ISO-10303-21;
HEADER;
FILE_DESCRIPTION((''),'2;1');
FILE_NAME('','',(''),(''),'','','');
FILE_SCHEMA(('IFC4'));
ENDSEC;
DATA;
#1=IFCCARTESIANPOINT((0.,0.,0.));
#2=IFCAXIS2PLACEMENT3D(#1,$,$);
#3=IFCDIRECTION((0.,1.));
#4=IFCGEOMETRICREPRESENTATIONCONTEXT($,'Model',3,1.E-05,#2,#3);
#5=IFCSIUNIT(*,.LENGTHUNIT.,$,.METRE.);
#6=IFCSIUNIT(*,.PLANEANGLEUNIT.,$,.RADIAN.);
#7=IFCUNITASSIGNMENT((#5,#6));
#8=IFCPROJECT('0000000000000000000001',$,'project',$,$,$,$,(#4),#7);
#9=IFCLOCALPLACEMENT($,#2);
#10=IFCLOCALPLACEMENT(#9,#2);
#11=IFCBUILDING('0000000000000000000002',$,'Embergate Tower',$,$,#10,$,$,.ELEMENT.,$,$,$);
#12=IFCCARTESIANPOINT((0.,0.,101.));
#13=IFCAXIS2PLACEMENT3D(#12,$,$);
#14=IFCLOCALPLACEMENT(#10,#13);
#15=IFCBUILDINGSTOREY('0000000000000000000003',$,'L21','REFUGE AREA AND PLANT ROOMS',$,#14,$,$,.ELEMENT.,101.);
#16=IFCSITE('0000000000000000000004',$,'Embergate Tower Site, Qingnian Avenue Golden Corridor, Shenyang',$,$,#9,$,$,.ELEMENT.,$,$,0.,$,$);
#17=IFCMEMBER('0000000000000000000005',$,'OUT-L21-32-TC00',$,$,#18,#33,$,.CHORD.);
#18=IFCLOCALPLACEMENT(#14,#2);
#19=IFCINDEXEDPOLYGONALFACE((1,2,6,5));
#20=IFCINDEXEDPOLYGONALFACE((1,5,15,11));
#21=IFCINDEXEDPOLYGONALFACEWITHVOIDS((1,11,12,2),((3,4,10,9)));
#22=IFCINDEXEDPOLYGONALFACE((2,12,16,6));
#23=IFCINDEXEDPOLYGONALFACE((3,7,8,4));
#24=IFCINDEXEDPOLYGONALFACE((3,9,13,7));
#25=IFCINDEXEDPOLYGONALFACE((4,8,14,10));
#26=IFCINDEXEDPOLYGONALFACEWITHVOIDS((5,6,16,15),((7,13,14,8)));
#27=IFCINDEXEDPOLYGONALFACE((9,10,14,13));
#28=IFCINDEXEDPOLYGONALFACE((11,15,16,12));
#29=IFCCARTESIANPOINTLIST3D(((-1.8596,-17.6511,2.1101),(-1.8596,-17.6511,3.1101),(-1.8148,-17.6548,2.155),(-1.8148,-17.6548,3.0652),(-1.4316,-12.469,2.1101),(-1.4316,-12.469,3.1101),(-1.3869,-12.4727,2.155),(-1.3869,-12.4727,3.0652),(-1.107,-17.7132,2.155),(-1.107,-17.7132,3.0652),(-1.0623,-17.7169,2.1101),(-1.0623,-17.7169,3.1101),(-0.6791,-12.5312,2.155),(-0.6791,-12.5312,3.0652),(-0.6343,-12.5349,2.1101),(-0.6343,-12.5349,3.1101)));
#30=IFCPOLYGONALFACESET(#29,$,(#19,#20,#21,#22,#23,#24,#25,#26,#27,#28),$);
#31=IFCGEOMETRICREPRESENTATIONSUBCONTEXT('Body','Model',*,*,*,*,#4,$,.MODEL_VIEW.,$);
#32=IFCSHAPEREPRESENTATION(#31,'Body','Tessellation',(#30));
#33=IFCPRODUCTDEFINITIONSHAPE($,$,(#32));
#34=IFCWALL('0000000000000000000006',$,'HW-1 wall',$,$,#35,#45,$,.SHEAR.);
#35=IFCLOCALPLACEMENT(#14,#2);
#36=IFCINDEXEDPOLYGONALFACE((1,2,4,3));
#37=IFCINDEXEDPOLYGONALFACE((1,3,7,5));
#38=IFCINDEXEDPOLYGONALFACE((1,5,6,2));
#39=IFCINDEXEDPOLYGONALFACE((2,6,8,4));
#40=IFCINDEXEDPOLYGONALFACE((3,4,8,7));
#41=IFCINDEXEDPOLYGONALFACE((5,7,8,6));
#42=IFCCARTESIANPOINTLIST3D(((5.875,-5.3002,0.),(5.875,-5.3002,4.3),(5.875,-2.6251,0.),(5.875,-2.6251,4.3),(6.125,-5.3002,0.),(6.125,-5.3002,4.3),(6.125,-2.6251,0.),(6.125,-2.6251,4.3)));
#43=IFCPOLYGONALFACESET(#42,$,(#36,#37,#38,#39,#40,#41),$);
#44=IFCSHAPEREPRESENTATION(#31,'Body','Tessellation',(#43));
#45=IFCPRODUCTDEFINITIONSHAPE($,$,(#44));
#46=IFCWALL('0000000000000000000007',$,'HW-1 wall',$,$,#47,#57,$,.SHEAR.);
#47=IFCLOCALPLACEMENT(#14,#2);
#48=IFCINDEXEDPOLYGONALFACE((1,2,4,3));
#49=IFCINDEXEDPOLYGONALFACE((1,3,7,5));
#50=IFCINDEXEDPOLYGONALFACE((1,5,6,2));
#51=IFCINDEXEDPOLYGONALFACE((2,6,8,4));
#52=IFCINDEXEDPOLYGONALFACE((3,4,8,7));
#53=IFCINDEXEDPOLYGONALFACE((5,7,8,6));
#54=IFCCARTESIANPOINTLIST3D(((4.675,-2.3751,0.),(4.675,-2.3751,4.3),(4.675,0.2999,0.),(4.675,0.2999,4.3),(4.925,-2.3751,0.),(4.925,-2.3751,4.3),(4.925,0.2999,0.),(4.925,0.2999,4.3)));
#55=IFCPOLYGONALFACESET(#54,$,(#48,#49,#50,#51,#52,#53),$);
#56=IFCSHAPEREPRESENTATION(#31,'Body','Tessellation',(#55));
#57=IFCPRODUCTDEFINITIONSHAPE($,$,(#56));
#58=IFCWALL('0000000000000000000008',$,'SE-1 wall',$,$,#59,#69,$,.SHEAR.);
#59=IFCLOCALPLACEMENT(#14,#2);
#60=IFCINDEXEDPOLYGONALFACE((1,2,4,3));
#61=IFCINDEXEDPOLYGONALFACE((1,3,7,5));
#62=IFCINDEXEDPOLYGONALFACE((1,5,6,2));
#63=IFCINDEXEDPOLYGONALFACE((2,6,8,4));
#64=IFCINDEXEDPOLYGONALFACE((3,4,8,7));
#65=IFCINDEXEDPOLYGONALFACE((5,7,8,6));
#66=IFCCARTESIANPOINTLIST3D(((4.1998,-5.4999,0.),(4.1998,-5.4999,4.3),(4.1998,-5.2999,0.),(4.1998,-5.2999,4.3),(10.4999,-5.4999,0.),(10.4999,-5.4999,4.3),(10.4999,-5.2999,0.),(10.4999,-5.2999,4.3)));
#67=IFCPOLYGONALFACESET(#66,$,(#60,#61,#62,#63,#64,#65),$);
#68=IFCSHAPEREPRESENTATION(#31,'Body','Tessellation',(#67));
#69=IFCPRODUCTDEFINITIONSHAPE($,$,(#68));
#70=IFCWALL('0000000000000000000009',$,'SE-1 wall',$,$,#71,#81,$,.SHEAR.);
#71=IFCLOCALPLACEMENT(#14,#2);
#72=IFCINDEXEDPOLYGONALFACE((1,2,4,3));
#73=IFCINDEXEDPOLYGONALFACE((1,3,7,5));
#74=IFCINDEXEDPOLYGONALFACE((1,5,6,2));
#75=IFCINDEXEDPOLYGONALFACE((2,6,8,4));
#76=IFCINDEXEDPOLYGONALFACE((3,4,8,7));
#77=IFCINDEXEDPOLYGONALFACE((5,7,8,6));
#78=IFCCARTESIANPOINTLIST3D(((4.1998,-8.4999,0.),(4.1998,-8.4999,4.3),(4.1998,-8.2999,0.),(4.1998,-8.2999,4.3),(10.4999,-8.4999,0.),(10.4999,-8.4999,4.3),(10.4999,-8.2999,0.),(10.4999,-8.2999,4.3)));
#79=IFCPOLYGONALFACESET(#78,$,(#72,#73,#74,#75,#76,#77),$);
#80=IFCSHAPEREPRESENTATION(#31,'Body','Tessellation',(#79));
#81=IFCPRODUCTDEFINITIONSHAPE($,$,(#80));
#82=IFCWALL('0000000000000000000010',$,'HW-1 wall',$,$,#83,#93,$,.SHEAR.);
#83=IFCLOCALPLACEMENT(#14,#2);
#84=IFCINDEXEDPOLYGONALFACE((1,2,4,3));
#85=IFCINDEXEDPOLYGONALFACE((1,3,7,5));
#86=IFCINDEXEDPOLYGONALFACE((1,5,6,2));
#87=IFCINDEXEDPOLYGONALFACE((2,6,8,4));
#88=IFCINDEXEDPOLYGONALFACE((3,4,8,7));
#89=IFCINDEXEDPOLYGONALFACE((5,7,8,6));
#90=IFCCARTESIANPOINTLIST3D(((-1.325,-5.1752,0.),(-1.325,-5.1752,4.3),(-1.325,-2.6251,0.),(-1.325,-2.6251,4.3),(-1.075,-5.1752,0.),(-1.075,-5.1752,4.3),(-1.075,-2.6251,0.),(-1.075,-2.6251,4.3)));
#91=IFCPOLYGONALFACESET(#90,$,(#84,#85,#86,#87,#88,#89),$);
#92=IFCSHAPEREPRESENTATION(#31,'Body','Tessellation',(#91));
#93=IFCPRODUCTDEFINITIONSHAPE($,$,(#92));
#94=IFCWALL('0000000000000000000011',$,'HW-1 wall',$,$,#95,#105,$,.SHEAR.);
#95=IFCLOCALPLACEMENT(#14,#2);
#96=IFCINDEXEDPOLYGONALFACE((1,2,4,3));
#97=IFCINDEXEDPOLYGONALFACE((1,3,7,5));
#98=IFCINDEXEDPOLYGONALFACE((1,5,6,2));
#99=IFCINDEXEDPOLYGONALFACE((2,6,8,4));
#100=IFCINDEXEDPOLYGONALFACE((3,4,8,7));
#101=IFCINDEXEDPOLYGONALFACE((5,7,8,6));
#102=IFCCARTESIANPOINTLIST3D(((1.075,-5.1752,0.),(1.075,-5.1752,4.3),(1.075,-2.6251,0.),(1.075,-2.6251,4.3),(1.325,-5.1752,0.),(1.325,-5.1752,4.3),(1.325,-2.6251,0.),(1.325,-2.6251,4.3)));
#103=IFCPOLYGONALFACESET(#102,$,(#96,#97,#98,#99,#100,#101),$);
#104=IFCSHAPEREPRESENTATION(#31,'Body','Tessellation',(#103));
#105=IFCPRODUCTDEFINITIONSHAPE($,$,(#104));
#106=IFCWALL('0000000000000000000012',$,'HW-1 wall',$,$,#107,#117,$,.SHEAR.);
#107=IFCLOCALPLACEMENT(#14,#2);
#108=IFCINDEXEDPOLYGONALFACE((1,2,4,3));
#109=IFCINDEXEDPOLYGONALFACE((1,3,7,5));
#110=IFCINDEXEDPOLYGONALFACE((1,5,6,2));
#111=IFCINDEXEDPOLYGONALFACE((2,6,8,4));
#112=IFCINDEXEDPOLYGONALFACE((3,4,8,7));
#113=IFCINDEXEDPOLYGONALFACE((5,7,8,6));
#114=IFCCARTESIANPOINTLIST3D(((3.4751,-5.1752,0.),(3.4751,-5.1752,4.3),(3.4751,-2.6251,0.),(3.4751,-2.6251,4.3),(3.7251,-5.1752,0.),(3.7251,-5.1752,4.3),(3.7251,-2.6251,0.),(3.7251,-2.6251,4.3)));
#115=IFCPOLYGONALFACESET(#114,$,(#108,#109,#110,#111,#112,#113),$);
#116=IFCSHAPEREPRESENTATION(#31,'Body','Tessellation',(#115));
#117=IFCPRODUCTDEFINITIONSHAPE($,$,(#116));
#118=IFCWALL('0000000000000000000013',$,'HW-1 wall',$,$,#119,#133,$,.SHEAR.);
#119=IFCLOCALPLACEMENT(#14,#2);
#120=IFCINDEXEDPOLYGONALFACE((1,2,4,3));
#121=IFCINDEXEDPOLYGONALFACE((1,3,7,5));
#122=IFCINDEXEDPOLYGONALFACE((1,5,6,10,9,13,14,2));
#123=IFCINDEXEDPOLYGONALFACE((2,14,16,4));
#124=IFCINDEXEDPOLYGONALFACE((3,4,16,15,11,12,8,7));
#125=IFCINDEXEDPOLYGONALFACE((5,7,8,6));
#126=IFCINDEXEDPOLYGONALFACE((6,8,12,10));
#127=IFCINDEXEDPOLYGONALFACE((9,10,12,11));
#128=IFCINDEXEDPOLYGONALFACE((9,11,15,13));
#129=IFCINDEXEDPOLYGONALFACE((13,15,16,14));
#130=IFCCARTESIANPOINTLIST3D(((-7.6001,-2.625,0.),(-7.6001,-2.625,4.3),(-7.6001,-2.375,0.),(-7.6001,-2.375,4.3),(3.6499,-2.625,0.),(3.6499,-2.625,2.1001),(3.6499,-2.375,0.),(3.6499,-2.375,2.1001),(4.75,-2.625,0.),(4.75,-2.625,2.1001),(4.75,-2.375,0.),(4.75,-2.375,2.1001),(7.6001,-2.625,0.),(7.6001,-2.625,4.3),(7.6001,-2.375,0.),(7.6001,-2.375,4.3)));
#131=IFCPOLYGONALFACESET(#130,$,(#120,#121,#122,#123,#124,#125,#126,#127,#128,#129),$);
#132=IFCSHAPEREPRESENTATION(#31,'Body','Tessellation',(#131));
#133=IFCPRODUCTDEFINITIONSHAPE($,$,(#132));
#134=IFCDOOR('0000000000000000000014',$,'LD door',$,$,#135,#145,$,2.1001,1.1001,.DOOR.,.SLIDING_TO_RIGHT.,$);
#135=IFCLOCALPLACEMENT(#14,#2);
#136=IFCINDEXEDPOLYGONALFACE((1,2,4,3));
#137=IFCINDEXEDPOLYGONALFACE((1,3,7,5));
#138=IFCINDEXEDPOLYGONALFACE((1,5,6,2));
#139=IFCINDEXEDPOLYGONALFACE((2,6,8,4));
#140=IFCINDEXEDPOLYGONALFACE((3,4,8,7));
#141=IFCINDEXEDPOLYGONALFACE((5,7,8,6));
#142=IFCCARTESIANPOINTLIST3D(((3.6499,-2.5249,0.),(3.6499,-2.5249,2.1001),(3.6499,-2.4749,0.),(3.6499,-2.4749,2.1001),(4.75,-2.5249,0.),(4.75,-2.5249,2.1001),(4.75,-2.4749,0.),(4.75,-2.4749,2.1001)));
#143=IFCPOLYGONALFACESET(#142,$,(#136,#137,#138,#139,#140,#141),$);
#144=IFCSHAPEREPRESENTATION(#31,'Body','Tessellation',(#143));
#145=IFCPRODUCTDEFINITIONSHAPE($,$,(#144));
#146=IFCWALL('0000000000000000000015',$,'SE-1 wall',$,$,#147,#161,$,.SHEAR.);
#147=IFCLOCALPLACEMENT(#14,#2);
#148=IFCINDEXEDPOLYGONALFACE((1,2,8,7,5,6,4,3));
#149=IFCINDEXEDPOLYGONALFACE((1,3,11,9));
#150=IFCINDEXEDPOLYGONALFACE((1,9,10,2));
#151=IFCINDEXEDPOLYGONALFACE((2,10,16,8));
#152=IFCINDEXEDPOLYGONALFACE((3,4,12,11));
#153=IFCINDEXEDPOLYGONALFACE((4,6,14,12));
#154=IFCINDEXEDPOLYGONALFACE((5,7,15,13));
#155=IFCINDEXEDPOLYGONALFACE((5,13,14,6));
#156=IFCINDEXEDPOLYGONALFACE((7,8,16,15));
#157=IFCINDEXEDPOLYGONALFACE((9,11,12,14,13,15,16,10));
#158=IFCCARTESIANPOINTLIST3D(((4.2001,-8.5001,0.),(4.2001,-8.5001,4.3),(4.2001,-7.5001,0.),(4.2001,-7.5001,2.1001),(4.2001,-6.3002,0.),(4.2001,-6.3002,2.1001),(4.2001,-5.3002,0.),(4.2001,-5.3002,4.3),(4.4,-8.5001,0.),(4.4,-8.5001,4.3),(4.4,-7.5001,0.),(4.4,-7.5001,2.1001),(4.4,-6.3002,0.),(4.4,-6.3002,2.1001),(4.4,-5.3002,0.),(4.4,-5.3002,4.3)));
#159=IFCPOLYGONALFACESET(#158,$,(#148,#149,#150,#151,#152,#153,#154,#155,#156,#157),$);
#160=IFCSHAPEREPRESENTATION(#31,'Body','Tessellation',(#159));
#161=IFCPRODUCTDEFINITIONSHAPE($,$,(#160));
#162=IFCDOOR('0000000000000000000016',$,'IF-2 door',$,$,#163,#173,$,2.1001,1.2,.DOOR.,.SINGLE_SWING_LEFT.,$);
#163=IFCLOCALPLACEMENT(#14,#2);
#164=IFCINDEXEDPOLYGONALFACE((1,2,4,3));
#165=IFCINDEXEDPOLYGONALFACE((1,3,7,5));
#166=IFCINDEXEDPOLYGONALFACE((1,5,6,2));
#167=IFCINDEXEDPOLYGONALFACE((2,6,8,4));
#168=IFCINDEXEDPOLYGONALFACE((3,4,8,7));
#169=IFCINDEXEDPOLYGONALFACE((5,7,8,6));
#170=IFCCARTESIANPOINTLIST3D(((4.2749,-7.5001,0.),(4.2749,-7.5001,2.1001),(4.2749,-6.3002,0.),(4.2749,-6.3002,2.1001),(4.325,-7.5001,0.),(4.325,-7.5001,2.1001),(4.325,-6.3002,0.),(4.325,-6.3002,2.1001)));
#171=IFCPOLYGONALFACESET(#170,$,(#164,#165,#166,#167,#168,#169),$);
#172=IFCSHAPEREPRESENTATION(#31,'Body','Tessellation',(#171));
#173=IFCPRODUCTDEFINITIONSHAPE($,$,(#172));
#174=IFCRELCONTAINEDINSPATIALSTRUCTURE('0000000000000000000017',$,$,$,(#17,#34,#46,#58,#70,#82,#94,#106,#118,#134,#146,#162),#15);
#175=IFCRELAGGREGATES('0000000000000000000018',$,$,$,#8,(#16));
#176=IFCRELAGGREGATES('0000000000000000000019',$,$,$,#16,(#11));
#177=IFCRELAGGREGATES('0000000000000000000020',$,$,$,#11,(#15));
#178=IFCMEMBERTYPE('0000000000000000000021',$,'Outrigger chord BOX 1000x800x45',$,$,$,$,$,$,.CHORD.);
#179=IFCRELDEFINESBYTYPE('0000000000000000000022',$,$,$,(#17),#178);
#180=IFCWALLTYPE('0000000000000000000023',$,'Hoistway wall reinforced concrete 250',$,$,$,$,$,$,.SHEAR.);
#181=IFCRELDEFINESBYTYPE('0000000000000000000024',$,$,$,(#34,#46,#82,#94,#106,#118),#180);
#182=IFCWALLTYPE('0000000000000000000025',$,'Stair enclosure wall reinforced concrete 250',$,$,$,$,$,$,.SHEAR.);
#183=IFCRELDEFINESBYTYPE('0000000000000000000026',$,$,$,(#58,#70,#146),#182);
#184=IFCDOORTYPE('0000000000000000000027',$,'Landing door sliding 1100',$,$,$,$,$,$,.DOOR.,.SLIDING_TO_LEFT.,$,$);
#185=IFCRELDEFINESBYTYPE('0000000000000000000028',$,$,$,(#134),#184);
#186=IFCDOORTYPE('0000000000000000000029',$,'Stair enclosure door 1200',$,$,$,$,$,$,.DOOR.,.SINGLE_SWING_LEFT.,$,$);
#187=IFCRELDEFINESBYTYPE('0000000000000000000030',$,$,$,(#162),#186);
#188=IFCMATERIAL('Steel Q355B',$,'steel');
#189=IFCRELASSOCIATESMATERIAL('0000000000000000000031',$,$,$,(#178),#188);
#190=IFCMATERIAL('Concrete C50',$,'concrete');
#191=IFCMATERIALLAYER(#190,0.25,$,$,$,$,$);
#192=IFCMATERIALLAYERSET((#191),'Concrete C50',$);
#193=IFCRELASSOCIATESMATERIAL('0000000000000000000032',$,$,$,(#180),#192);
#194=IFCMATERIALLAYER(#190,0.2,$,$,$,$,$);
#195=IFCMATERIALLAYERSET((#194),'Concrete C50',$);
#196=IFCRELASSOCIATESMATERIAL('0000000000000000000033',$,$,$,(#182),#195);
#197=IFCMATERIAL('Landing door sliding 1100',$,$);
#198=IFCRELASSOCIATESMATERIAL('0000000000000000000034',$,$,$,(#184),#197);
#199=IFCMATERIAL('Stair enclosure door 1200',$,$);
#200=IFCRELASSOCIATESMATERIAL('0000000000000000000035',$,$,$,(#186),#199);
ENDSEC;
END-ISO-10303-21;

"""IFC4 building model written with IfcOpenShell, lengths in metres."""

from ifc_helpers import new_model, si_unit, direction, frame, frame_2d, origin, origin_2d, place, context, subcontext, project, spatial, rectangle, hollow_rectangle, extrude, source, transform, mapped, material, layer, layer_set, material_profile, profile_set, type_object, element, fill, save


model = new_model("IFC4")

# Units and contexts
model_context = context("Model", 3, precision=1e-05, world=origin(), true_north=direction((0.0, 1.0)))
body_context = subcontext(model_context, "Body", "Model", "MODEL_VIEW")
ifc_project = project(units=[si_unit("LENGTHUNIT", "METRE"), si_unit("PLANEANGLEUNIT", "RADIAN")], contexts=[model_context])

# Site, building, storey
site_placement = place(None, origin())
site = spatial("IfcSite", under=ifc_project, at=site_placement, Name="Embergate Tower Site, Qingnian Avenue Golden Corridor, Shenyang", CompositionType="ELEMENT", RefElevation=0.0)
building_placement = place(site_placement, origin())
building = spatial("IfcBuilding", under=site, at=building_placement, Name="Embergate Tower", CompositionType="ELEMENT")
storey_placement = place(building_placement, frame((0.0, 0.0, 101.0)))
storey = spatial("IfcBuildingStorey", under=building, at=storey_placement, Name="L21", Description="REFUGE AREA AND PLANT ROOMS", CompositionType="ELEMENT", Elevation=101.0)

# Member
ifc_material_1 = material(Name="Steel Q355B", Category="steel")
ifc_material_profile = material_profile(ifc_material_1, hollow_rectangle(XDim=0.8, YDim=1.0, WallThickness=0.0449, at=origin_2d()), Name="BOX 1000x800x45")
ifc_profile_set = profile_set([ifc_material_profile], Name="Steel Q355 grade B")
member_type = type_object("IfcMemberType", Name="Outrigger chord BOX 1000x800x45", PredefinedType="CHORD", material=ifc_profile_set)
shared_shape_1 = source(origin(), body_context, "Body", "SweptSolid", [
    extrude(hollow_rectangle(XDim=0.8, YDim=1.0, WallThickness=0.0449, at=origin_2d()), origin(), (0.0, 0.0, 1.0), 5.1997),
])
member_placement = place(storey_placement, frame((-1.033, -12.502, 2.6101), z_axis=(-0.082307, -0.996607, 0.0), x_axis=(0.996607, -0.082307, 0.0)))
element("IfcMember", 1, at=member_placement, inside=storey, type_object=member_type, Name="OUT-L21-32-TC00", PredefinedType="CHORD", context=body_context, shape_type="MappedRepresentation", body=[
    mapped(shared_shape_1, transform((0.0, 0.0, 0.0))),
])

# Walls
ifc_material_2 = material(Name="Concrete C50", Category="concrete")
ifc_layer_1 = layer(ifc_material_2, 0.25)
ifc_layer_set_1 = layer_set([ifc_layer_1], Name="Concrete C50")
wall_type_1 = type_object("IfcWallType", Name="Hoistway wall reinforced concrete 250", PredefinedType="SHEAR", material=ifc_layer_set_1)
shared_shape_2 = source(origin(), body_context, "Body", "SweptSolid", [
    extrude(rectangle(XDim=2.675, YDim=0.25, at=frame_2d((1.3374, 0.0))), origin(), (0.0, 0.0, 1.0), 4.3),
])
for number, where, z_axis, x_axis, name in (
    (2, (6.0, -5.3, 0.0), (0.0, 0.0, 1.0), (0.0, 1.0, 0.0), "HW-1 wall"),
    (3, (4.8, -2.375, 0.0), (0.0, 0.0, 1.0), (0.0, 1.0, 0.0), "HW-1 wall"),
):
    element("IfcWall", number, at=place(storey_placement, frame(where, z_axis=z_axis, x_axis=x_axis)), inside=storey, type_object=wall_type_1, Name=name, PredefinedType="SHEAR", context=body_context, shape_type="MappedRepresentation", body=[
        mapped(shared_shape_2, transform((0.0, 0.0, 0.0))),
    ])
ifc_layer_2 = layer(ifc_material_2, 0.2)
ifc_layer_set_2 = layer_set([ifc_layer_2], Name="Concrete C50")
wall_type_2 = type_object("IfcWallType", Name="Stair enclosure wall reinforced concrete 250", PredefinedType="SHEAR", material=ifc_layer_set_2)
shared_shape_3 = source(origin(), body_context, "Body", "SweptSolid", [
    extrude(rectangle(XDim=6.3, YDim=0.2, at=frame_2d((3.1499, 0.0))), origin(), (0.0, 0.0, 1.0), 4.3),
])
for number, where, z_axis, x_axis, name in (
    (4, (4.2, -5.3999, 0.0), (0.0, 0.0, 1.0), (1.0, 0.0, 0.0), "SE-1 wall"),
    (5, (4.2, -8.3999, 0.0), (0.0, 0.0, 1.0), (1.0, 0.0, 0.0), "SE-1 wall"),
):
    element("IfcWall", number, at=place(storey_placement, frame(where, z_axis=z_axis, x_axis=x_axis)), inside=storey, type_object=wall_type_2, Name=name, PredefinedType="SHEAR", context=body_context, shape_type="MappedRepresentation", body=[
        mapped(shared_shape_3, transform((0.0, 0.0, 0.0))),
    ])
shared_shape_4 = source(origin(), body_context, "Body", "SweptSolid", [
    extrude(rectangle(XDim=2.55, YDim=0.25, at=frame_2d((1.2749, 0.0))), origin(), (0.0, 0.0, 1.0), 4.3),
])
for number, where, z_axis, x_axis, name in (
    (6, (-1.2, -5.175, 0.0), (0.0, 0.0, 1.0), (0.0, 1.0, 0.0), "HW-1 wall"),
    (7, (1.2, -5.175, 0.0), (0.0, 0.0, 1.0), (0.0, 1.0, 0.0), "HW-1 wall"),
    (8, (3.6001, -5.175, 0.0), (0.0, 0.0, 1.0), (0.0, 1.0, 0.0), "HW-1 wall"),
):
    element("IfcWall", number, at=place(storey_placement, frame(where, z_axis=z_axis, x_axis=x_axis)), inside=storey, type_object=wall_type_1, Name=name, PredefinedType="SHEAR", context=body_context, shape_type="MappedRepresentation", body=[
        mapped(shared_shape_4, transform((0.0, 0.0, 0.0))),
    ])

# Walls, openings, doors
shared_shape_5 = source(origin(), body_context, "Body", "SweptSolid", [
    extrude(rectangle(XDim=15.2002, YDim=0.25, at=frame_2d((7.6001, 0.0))), origin(), (0.0, 0.0, 1.0), 4.3),
])
wall_1_placement = place(storey_placement, frame((7.6001, -2.5, 0.0), z_axis=(0.0, 0.0, 1.0), x_axis=(-1.0, 0.0, 0.0)))
wall_1 = element("IfcWall", 9, at=wall_1_placement, inside=storey, type_object=wall_type_1, Name="HW-1 wall", PredefinedType="SHEAR", context=body_context, shape_type="MappedRepresentation", body=[
    mapped(shared_shape_5, transform((0.0, 0.0, 0.0))),
])
shared_shape_6 = source(origin(), body_context, "Body", "SweptSolid", [
    extrude(rectangle(XDim=1.1001, YDim=2.1001, at=frame_2d((0.55, 1.05))), frame((0.0, 0.135, 0.0), z_axis=(0.0, -1.0, 0.0), x_axis=(1.0, 0.0, 0.0)), (0.0, 0.0, 1.0), 0.27),
])
opening_1_placement = place(wall_1_placement, frame((2.8501, 0.0, 0.0)))
opening_1 = element("IfcOpeningElement", 10, at=opening_1_placement, cuts=wall_1, PredefinedType="OPENING", context=body_context, shape_type="MappedRepresentation", body=[
    mapped(shared_shape_6, transform((0.0, 0.0, 0.0))),
])
ifc_material_3 = material(Name="Landing door sliding 1100")
door_type_1 = type_object("IfcDoorType", Name="Landing door sliding 1100", OperationType="SLIDING_TO_LEFT", PredefinedType="DOOR", material=ifc_material_3)
shared_shape_7 = source(origin(), body_context, "Body", "SweptSolid", [
    extrude(rectangle(XDim=1.1001, YDim=2.1001, at=frame_2d((0.55, 1.05))), frame((0.0, 0.0249, 0.0), z_axis=(0.0, -1.0, 0.0), x_axis=(1.0, 0.0, 0.0)), (0.0, 0.0, 1.0), 0.05),
])
door_1_placement = place(opening_1_placement, origin())
door_1 = element("IfcDoor", 11, at=door_1_placement, inside=storey, type_object=door_type_1, Name="LD door", OperationType="SLIDING_TO_RIGHT", OverallHeight=2.1001, OverallWidth=1.1001, PredefinedType="DOOR", context=body_context, shape_type="MappedRepresentation", body=[
    mapped(shared_shape_7, transform((0.0, 0.0, 0.0))),
])
fill(opening_1, door_1)
shared_shape_8 = source(origin(), body_context, "Body", "SweptSolid", [
    extrude(rectangle(XDim=3.2, YDim=0.2, at=frame_2d((1.6001, 0.0))), origin(), (0.0, 0.0, 1.0), 4.3),
])
wall_2_placement = place(storey_placement, frame((4.3, -5.3, 0.0), z_axis=(0.0, 0.0, 1.0), x_axis=(0.0, -1.0, 0.0)))
wall_2 = element("IfcWall", 12, at=wall_2_placement, inside=storey, type_object=wall_type_2, Name="SE-1 wall", PredefinedType="SHEAR", context=body_context, shape_type="MappedRepresentation", body=[
    mapped(shared_shape_8, transform((0.0, 0.0, 0.0))),
])
shared_shape_9 = source(origin(), body_context, "Body", "SweptSolid", [
    extrude(rectangle(XDim=1.2, YDim=2.1001, at=frame_2d((0.6001, 1.05))), frame((0.0, 0.1099, 0.0), z_axis=(0.0, -1.0, 0.0), x_axis=(1.0, 0.0, 0.0)), (0.0, 0.0, 1.0), 0.22),
])
opening_2_placement = place(wall_2_placement, frame((1.0, 0.0, 0.0)))
opening_2 = element("IfcOpeningElement", 13, at=opening_2_placement, cuts=wall_2, PredefinedType="OPENING", context=body_context, shape_type="MappedRepresentation", body=[
    mapped(shared_shape_9, transform((0.0, 0.0, 0.0))),
])
ifc_material_4 = material(Name="Stair enclosure door 1200")
door_type_2 = type_object("IfcDoorType", Name="Stair enclosure door 1200", OperationType="SINGLE_SWING_LEFT", PredefinedType="DOOR", material=ifc_material_4)
shared_shape_10 = source(origin(), body_context, "Body", "SweptSolid", [
    extrude(rectangle(XDim=1.2, YDim=2.1001, at=frame_2d((0.6001, 1.05))), frame((0.0, 0.0249, 0.0), z_axis=(0.0, -1.0, 0.0), x_axis=(1.0, 0.0, 0.0)), (0.0, 0.0, 1.0), 0.05),
])
door_2_placement = place(opening_2_placement, origin())
door_2 = element("IfcDoor", 14, at=door_2_placement, inside=storey, type_object=door_type_2, Name="IF-2 door", OperationType="SINGLE_SWING_LEFT", OverallHeight=2.1001, OverallWidth=1.2, PredefinedType="DOOR", context=body_context, shape_type="MappedRepresentation", body=[
    mapped(shared_shape_10, transform((0.0, 0.0, 0.0))),
])
fill(opening_2, door_2)

save(model, "model.ifc")
